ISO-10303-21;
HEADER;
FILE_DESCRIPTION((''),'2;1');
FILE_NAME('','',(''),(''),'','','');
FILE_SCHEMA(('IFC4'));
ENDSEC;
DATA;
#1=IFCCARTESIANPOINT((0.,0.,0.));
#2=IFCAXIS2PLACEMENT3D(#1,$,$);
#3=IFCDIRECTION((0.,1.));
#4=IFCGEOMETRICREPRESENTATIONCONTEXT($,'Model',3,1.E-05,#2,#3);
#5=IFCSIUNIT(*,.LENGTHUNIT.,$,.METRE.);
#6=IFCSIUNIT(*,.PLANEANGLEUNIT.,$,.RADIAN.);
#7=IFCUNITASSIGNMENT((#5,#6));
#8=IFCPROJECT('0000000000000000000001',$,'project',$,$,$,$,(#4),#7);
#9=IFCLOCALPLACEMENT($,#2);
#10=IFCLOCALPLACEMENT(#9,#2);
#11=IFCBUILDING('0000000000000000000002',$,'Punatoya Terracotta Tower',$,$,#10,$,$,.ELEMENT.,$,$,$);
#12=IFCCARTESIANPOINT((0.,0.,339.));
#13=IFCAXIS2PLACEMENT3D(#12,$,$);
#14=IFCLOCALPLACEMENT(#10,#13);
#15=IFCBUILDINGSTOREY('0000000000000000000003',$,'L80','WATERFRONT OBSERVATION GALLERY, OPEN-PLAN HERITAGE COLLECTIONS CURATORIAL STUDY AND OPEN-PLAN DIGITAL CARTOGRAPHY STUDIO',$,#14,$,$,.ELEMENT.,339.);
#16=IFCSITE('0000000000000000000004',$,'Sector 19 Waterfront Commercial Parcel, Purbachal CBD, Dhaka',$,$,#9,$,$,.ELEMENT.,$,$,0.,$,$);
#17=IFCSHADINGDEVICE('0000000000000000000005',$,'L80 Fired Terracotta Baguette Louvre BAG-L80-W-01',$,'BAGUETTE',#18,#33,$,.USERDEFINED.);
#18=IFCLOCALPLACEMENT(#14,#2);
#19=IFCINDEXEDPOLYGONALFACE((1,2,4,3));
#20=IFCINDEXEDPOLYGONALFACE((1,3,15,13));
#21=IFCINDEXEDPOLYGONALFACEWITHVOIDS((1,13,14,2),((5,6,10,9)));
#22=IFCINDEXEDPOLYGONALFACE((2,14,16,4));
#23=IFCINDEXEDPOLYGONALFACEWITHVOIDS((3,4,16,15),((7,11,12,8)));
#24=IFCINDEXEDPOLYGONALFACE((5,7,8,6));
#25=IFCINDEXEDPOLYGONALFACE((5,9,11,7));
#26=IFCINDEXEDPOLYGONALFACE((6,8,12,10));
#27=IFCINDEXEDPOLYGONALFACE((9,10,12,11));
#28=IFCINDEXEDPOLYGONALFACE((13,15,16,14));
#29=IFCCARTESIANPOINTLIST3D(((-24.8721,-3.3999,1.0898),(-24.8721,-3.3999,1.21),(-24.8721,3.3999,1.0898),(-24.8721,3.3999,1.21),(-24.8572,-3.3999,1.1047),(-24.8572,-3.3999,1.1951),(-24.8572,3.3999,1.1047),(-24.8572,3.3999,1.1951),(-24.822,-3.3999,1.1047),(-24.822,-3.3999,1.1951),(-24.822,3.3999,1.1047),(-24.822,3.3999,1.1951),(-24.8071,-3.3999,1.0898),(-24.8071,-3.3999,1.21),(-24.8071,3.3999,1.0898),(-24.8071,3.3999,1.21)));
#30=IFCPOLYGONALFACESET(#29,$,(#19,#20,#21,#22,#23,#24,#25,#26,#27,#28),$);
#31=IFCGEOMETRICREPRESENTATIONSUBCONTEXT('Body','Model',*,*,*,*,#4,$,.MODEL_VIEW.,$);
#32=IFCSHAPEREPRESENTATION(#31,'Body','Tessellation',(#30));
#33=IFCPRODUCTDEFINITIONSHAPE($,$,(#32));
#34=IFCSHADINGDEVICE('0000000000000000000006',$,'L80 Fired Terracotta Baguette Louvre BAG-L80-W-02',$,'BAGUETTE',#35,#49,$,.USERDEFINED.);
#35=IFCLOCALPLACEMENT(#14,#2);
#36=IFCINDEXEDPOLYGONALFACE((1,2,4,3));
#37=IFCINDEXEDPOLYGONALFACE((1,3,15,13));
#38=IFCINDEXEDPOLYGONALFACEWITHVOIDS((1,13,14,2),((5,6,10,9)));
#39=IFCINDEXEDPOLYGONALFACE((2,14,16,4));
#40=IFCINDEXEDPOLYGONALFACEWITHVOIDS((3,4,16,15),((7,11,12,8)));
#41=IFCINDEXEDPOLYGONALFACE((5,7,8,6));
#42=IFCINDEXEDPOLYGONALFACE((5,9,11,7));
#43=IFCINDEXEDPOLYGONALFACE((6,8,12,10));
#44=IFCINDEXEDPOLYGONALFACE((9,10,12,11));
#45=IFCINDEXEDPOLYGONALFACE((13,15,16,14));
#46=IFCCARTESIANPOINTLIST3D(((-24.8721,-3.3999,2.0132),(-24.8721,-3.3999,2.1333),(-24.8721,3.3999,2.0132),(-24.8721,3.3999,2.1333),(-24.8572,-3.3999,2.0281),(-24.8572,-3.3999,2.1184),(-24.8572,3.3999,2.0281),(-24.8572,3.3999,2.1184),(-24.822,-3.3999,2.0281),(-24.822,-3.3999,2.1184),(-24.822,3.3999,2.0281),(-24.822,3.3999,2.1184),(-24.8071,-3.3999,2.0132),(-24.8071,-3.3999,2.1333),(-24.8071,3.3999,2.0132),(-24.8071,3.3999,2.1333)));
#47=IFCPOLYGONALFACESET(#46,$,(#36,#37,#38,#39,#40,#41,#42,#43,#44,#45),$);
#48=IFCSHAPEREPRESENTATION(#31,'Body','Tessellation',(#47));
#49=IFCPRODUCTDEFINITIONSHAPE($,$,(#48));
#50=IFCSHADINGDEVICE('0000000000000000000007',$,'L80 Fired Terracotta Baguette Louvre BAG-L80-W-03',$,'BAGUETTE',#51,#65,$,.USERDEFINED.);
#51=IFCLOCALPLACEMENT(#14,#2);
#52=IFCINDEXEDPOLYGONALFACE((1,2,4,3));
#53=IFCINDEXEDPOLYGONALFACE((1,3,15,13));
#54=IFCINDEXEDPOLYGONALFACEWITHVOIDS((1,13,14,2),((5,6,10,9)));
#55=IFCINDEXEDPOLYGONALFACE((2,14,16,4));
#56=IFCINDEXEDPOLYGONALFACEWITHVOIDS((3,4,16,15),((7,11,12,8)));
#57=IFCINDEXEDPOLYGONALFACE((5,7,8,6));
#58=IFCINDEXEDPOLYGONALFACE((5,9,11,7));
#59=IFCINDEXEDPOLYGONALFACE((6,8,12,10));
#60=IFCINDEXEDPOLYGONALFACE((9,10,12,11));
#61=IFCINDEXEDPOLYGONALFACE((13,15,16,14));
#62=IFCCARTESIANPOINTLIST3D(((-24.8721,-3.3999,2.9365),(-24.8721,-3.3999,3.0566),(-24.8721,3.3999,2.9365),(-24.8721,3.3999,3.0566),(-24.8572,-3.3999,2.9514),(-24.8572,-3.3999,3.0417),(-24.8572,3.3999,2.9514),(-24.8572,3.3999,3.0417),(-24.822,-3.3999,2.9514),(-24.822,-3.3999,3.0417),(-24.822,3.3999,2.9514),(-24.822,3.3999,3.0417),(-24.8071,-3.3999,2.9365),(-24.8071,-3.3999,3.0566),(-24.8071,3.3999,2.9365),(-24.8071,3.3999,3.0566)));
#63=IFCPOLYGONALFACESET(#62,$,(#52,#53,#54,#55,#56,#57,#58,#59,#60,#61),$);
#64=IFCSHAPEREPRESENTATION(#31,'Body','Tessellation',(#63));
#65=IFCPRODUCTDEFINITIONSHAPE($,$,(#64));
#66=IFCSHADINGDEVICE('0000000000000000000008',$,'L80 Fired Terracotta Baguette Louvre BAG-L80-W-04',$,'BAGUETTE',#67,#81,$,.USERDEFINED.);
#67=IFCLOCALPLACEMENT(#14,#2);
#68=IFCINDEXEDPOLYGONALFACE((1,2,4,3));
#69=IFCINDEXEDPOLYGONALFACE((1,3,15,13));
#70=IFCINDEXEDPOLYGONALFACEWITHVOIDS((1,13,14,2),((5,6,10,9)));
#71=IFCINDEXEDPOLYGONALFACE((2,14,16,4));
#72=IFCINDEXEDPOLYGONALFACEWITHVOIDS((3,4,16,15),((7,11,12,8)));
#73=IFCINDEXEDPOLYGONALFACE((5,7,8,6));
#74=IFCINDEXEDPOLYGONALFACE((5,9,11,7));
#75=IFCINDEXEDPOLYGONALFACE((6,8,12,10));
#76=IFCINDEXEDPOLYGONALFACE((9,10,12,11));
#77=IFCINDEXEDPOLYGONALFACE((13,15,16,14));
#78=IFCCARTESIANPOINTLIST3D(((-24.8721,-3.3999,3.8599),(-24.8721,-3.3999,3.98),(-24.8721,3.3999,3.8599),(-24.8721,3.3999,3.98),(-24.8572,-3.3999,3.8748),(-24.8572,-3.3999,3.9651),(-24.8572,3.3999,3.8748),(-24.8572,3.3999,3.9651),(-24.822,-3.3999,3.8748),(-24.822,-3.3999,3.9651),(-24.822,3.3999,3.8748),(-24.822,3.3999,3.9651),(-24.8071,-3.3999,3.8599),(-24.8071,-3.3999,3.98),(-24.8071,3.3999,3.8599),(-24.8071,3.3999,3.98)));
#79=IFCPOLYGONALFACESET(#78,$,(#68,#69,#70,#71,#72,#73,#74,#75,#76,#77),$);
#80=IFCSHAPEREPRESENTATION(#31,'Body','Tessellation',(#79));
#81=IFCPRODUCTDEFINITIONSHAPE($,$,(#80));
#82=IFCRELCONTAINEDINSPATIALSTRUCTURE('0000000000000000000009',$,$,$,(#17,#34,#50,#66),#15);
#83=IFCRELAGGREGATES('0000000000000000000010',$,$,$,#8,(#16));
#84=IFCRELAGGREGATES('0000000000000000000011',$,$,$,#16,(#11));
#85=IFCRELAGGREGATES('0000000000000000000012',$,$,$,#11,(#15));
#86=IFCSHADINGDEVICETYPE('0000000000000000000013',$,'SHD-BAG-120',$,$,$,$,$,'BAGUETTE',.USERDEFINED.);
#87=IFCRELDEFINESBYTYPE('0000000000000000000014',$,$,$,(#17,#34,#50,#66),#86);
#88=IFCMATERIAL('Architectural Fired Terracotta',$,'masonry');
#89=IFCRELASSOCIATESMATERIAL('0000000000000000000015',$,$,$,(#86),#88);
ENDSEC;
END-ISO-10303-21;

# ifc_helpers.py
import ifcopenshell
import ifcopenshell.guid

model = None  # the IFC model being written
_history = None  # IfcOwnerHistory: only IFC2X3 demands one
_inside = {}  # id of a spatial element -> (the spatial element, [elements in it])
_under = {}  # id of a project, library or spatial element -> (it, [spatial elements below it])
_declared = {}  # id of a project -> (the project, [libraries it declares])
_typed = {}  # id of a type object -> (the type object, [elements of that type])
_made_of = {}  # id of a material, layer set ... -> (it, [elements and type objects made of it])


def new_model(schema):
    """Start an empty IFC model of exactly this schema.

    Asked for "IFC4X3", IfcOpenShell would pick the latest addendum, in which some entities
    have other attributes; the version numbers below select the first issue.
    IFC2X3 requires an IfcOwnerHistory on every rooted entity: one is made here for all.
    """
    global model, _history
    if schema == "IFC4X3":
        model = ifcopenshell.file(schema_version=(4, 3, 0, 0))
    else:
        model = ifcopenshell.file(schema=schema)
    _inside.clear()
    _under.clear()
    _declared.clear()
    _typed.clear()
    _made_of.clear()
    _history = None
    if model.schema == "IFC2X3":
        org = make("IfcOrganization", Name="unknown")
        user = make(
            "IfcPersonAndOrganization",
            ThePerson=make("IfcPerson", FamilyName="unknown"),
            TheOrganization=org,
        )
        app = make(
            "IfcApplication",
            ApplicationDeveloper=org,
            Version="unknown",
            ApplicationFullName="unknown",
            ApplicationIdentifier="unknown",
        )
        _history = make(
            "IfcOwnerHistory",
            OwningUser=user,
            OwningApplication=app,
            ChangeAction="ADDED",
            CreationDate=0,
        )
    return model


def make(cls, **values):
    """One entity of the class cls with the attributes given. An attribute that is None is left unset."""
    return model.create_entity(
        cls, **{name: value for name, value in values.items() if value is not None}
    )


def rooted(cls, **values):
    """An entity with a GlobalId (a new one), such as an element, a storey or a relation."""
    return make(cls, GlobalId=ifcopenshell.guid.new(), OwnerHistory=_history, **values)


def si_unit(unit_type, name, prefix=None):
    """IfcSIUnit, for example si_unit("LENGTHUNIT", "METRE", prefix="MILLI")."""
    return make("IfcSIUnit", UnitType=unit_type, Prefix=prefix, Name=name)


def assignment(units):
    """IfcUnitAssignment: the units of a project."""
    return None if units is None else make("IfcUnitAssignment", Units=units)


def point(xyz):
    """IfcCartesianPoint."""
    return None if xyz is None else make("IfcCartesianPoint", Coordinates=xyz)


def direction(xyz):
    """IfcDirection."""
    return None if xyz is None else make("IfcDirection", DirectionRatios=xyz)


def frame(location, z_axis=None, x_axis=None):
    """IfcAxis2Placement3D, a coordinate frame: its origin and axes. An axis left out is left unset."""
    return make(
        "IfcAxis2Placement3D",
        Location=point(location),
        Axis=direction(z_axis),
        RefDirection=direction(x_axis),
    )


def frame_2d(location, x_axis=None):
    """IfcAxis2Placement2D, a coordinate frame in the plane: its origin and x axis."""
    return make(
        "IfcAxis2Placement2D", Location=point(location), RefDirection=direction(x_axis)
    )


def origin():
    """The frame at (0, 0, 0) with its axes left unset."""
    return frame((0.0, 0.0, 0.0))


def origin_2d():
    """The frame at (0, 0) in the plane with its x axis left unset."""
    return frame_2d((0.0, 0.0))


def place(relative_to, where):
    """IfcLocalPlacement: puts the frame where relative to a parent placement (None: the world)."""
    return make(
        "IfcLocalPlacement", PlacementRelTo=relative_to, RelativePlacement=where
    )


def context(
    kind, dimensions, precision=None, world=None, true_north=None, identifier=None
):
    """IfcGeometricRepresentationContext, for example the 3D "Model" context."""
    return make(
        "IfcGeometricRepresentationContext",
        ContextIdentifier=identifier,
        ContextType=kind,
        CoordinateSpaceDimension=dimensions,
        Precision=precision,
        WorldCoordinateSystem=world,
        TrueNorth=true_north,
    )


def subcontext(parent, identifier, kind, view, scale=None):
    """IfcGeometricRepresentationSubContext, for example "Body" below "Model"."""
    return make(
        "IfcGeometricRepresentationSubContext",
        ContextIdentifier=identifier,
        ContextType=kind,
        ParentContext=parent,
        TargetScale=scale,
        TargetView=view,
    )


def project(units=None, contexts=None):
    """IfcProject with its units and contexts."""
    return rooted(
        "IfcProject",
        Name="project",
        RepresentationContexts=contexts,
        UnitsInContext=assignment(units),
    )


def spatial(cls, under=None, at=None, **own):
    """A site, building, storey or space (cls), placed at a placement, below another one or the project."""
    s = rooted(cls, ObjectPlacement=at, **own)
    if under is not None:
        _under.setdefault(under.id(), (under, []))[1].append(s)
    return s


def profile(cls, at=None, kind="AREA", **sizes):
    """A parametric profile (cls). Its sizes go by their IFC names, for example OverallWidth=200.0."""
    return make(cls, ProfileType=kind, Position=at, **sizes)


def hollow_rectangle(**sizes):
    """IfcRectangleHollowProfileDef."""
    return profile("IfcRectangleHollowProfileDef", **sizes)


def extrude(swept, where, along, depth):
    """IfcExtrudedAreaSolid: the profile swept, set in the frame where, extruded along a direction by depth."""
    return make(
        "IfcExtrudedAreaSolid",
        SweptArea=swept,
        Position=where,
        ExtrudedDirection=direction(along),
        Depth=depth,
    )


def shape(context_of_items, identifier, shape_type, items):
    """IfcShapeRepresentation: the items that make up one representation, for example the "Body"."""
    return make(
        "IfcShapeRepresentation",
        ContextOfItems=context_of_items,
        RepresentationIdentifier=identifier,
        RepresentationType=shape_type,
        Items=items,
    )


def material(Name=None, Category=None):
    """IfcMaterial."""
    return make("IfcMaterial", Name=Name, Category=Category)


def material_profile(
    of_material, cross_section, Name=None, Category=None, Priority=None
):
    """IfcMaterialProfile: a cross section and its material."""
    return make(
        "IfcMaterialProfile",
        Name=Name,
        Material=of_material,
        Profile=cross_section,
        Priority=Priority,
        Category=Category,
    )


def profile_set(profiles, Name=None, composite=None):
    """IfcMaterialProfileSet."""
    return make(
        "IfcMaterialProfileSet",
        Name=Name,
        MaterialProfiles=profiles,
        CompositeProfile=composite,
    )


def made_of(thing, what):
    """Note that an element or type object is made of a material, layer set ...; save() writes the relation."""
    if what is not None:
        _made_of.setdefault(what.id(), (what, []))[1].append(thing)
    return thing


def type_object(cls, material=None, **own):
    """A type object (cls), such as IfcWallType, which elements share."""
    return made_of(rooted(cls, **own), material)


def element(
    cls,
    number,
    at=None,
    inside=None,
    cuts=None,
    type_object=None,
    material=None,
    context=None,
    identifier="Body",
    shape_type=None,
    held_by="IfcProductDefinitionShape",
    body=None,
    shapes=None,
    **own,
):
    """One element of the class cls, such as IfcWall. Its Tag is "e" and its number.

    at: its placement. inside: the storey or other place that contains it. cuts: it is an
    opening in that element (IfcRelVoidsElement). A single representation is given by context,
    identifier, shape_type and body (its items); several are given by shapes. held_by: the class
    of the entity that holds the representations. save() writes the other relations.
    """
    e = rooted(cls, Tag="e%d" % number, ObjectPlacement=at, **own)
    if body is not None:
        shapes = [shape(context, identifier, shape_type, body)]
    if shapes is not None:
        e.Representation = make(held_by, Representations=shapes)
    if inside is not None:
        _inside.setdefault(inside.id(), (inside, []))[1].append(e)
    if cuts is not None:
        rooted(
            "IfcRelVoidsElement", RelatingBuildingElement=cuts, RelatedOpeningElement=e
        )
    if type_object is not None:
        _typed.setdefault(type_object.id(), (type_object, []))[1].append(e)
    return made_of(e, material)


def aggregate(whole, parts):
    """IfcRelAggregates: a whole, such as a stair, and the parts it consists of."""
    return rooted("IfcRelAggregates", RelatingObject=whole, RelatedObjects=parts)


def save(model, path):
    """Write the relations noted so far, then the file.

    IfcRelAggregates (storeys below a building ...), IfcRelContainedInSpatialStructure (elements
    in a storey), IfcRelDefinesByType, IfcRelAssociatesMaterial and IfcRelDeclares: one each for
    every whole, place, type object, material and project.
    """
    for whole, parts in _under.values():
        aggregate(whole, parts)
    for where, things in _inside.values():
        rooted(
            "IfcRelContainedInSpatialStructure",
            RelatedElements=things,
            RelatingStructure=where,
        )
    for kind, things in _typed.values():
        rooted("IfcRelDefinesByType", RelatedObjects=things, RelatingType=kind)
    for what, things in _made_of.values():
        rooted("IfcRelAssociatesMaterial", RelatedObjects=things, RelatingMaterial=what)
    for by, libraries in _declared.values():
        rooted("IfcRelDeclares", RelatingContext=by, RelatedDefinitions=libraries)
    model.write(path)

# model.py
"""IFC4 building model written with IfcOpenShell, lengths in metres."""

from ifc_helpers import new_model, si_unit, direction, frame, origin, origin_2d, place, context, subcontext, project, spatial, hollow_rectangle, extrude, material, material_profile, profile_set, type_object, element, save


model = new_model("IFC4")

# Units and contexts
model_context = context("Model", 3, precision=1e-05, world=origin(), true_north=direction((0.0, 1.0)))
body_context = subcontext(model_context, "Body", "Model", "MODEL_VIEW")
ifc_project = project(units=[si_unit("LENGTHUNIT", "METRE"), si_unit("PLANEANGLEUNIT", "RADIAN")], contexts=[model_context])

# Site, building, storey
site_placement = place(None, origin())
site = spatial("IfcSite", under=ifc_project, at=site_placement, Name="Sector 19 Waterfront Commercial Parcel, Purbachal CBD, Dhaka", CompositionType="ELEMENT", RefElevation=0.0)
building_placement = place(site_placement, origin())
building = spatial("IfcBuilding", under=site, at=building_placement, Name="Punatoya Terracotta Tower", CompositionType="ELEMENT")
storey_placement = place(building_placement, frame((0.0, 0.0, 339.0)))
storey = spatial("IfcBuildingStorey", under=building, at=storey_placement, Name="L80", Description="WATERFRONT OBSERVATION GALLERY, OPEN-PLAN HERITAGE COLLECTIONS CURATORIAL STUDY AND OPEN-PLAN DIGITAL CARTOGRAPHY STUDIO", CompositionType="ELEMENT", Elevation=339.0)

# Shading devices
ifc_material_1 = material(Name="Architectural Fired Terracotta", Category="masonry")
ifc_material_profile_1 = material_profile(ifc_material_1, hollow_rectangle(XDim=0.0649, YDim=0.1201, WallThickness=0.0149, at=origin_2d()))
ifc_profile_set_1 = profile_set([ifc_material_profile_1], Name="Architectural Fired Terracotta")
shading_device_type = type_object("IfcShadingDeviceType", Name="SHD-BAG-120", ElementType="BAGUETTE", PredefinedType="USERDEFINED", material=ifc_profile_set_1)
for number, where, z_axis, x_axis, name in (
    (1, (-24.8396, -3.3999, 1.1499), (0.0, 1.0, 0.0), (-1.0, 0.0, 0.0), "L80 Fired Terracotta Baguette Louvre BAG-L80-W-01"),
    (2, (-24.8396, -3.3999, 2.0732), (0.0, 1.0, 0.0), (-1.0, 0.0, 0.0), "L80 Fired Terracotta Baguette Louvre BAG-L80-W-02"),
    (3, (-24.8396, -3.3999, 2.9966), (0.0, 1.0, 0.0), (-1.0, 0.0, 0.0), "L80 Fired Terracotta Baguette Louvre BAG-L80-W-03"),
    (4, (-24.8396, -3.3999, 3.9199), (0.0, 1.0, 0.0), (-1.0, 0.0, 0.0), "L80 Fired Terracotta Baguette Louvre BAG-L80-W-04"),
):
    element("IfcShadingDevice", number, at=place(storey_placement, frame(where, z_axis=z_axis, x_axis=x_axis)), inside=storey, type_object=shading_device_type, Name=name, ObjectType="BAGUETTE", PredefinedType="USERDEFINED", context=body_context, shape_type="SweptSolid", body=[
        extrude(hollow_rectangle(XDim=0.0649, YDim=0.1201, WallThickness=0.0149, at=origin_2d()), origin(), (0.0, 0.0, 1.0), 6.7998),
    ])

save(model, "model.ifc")
